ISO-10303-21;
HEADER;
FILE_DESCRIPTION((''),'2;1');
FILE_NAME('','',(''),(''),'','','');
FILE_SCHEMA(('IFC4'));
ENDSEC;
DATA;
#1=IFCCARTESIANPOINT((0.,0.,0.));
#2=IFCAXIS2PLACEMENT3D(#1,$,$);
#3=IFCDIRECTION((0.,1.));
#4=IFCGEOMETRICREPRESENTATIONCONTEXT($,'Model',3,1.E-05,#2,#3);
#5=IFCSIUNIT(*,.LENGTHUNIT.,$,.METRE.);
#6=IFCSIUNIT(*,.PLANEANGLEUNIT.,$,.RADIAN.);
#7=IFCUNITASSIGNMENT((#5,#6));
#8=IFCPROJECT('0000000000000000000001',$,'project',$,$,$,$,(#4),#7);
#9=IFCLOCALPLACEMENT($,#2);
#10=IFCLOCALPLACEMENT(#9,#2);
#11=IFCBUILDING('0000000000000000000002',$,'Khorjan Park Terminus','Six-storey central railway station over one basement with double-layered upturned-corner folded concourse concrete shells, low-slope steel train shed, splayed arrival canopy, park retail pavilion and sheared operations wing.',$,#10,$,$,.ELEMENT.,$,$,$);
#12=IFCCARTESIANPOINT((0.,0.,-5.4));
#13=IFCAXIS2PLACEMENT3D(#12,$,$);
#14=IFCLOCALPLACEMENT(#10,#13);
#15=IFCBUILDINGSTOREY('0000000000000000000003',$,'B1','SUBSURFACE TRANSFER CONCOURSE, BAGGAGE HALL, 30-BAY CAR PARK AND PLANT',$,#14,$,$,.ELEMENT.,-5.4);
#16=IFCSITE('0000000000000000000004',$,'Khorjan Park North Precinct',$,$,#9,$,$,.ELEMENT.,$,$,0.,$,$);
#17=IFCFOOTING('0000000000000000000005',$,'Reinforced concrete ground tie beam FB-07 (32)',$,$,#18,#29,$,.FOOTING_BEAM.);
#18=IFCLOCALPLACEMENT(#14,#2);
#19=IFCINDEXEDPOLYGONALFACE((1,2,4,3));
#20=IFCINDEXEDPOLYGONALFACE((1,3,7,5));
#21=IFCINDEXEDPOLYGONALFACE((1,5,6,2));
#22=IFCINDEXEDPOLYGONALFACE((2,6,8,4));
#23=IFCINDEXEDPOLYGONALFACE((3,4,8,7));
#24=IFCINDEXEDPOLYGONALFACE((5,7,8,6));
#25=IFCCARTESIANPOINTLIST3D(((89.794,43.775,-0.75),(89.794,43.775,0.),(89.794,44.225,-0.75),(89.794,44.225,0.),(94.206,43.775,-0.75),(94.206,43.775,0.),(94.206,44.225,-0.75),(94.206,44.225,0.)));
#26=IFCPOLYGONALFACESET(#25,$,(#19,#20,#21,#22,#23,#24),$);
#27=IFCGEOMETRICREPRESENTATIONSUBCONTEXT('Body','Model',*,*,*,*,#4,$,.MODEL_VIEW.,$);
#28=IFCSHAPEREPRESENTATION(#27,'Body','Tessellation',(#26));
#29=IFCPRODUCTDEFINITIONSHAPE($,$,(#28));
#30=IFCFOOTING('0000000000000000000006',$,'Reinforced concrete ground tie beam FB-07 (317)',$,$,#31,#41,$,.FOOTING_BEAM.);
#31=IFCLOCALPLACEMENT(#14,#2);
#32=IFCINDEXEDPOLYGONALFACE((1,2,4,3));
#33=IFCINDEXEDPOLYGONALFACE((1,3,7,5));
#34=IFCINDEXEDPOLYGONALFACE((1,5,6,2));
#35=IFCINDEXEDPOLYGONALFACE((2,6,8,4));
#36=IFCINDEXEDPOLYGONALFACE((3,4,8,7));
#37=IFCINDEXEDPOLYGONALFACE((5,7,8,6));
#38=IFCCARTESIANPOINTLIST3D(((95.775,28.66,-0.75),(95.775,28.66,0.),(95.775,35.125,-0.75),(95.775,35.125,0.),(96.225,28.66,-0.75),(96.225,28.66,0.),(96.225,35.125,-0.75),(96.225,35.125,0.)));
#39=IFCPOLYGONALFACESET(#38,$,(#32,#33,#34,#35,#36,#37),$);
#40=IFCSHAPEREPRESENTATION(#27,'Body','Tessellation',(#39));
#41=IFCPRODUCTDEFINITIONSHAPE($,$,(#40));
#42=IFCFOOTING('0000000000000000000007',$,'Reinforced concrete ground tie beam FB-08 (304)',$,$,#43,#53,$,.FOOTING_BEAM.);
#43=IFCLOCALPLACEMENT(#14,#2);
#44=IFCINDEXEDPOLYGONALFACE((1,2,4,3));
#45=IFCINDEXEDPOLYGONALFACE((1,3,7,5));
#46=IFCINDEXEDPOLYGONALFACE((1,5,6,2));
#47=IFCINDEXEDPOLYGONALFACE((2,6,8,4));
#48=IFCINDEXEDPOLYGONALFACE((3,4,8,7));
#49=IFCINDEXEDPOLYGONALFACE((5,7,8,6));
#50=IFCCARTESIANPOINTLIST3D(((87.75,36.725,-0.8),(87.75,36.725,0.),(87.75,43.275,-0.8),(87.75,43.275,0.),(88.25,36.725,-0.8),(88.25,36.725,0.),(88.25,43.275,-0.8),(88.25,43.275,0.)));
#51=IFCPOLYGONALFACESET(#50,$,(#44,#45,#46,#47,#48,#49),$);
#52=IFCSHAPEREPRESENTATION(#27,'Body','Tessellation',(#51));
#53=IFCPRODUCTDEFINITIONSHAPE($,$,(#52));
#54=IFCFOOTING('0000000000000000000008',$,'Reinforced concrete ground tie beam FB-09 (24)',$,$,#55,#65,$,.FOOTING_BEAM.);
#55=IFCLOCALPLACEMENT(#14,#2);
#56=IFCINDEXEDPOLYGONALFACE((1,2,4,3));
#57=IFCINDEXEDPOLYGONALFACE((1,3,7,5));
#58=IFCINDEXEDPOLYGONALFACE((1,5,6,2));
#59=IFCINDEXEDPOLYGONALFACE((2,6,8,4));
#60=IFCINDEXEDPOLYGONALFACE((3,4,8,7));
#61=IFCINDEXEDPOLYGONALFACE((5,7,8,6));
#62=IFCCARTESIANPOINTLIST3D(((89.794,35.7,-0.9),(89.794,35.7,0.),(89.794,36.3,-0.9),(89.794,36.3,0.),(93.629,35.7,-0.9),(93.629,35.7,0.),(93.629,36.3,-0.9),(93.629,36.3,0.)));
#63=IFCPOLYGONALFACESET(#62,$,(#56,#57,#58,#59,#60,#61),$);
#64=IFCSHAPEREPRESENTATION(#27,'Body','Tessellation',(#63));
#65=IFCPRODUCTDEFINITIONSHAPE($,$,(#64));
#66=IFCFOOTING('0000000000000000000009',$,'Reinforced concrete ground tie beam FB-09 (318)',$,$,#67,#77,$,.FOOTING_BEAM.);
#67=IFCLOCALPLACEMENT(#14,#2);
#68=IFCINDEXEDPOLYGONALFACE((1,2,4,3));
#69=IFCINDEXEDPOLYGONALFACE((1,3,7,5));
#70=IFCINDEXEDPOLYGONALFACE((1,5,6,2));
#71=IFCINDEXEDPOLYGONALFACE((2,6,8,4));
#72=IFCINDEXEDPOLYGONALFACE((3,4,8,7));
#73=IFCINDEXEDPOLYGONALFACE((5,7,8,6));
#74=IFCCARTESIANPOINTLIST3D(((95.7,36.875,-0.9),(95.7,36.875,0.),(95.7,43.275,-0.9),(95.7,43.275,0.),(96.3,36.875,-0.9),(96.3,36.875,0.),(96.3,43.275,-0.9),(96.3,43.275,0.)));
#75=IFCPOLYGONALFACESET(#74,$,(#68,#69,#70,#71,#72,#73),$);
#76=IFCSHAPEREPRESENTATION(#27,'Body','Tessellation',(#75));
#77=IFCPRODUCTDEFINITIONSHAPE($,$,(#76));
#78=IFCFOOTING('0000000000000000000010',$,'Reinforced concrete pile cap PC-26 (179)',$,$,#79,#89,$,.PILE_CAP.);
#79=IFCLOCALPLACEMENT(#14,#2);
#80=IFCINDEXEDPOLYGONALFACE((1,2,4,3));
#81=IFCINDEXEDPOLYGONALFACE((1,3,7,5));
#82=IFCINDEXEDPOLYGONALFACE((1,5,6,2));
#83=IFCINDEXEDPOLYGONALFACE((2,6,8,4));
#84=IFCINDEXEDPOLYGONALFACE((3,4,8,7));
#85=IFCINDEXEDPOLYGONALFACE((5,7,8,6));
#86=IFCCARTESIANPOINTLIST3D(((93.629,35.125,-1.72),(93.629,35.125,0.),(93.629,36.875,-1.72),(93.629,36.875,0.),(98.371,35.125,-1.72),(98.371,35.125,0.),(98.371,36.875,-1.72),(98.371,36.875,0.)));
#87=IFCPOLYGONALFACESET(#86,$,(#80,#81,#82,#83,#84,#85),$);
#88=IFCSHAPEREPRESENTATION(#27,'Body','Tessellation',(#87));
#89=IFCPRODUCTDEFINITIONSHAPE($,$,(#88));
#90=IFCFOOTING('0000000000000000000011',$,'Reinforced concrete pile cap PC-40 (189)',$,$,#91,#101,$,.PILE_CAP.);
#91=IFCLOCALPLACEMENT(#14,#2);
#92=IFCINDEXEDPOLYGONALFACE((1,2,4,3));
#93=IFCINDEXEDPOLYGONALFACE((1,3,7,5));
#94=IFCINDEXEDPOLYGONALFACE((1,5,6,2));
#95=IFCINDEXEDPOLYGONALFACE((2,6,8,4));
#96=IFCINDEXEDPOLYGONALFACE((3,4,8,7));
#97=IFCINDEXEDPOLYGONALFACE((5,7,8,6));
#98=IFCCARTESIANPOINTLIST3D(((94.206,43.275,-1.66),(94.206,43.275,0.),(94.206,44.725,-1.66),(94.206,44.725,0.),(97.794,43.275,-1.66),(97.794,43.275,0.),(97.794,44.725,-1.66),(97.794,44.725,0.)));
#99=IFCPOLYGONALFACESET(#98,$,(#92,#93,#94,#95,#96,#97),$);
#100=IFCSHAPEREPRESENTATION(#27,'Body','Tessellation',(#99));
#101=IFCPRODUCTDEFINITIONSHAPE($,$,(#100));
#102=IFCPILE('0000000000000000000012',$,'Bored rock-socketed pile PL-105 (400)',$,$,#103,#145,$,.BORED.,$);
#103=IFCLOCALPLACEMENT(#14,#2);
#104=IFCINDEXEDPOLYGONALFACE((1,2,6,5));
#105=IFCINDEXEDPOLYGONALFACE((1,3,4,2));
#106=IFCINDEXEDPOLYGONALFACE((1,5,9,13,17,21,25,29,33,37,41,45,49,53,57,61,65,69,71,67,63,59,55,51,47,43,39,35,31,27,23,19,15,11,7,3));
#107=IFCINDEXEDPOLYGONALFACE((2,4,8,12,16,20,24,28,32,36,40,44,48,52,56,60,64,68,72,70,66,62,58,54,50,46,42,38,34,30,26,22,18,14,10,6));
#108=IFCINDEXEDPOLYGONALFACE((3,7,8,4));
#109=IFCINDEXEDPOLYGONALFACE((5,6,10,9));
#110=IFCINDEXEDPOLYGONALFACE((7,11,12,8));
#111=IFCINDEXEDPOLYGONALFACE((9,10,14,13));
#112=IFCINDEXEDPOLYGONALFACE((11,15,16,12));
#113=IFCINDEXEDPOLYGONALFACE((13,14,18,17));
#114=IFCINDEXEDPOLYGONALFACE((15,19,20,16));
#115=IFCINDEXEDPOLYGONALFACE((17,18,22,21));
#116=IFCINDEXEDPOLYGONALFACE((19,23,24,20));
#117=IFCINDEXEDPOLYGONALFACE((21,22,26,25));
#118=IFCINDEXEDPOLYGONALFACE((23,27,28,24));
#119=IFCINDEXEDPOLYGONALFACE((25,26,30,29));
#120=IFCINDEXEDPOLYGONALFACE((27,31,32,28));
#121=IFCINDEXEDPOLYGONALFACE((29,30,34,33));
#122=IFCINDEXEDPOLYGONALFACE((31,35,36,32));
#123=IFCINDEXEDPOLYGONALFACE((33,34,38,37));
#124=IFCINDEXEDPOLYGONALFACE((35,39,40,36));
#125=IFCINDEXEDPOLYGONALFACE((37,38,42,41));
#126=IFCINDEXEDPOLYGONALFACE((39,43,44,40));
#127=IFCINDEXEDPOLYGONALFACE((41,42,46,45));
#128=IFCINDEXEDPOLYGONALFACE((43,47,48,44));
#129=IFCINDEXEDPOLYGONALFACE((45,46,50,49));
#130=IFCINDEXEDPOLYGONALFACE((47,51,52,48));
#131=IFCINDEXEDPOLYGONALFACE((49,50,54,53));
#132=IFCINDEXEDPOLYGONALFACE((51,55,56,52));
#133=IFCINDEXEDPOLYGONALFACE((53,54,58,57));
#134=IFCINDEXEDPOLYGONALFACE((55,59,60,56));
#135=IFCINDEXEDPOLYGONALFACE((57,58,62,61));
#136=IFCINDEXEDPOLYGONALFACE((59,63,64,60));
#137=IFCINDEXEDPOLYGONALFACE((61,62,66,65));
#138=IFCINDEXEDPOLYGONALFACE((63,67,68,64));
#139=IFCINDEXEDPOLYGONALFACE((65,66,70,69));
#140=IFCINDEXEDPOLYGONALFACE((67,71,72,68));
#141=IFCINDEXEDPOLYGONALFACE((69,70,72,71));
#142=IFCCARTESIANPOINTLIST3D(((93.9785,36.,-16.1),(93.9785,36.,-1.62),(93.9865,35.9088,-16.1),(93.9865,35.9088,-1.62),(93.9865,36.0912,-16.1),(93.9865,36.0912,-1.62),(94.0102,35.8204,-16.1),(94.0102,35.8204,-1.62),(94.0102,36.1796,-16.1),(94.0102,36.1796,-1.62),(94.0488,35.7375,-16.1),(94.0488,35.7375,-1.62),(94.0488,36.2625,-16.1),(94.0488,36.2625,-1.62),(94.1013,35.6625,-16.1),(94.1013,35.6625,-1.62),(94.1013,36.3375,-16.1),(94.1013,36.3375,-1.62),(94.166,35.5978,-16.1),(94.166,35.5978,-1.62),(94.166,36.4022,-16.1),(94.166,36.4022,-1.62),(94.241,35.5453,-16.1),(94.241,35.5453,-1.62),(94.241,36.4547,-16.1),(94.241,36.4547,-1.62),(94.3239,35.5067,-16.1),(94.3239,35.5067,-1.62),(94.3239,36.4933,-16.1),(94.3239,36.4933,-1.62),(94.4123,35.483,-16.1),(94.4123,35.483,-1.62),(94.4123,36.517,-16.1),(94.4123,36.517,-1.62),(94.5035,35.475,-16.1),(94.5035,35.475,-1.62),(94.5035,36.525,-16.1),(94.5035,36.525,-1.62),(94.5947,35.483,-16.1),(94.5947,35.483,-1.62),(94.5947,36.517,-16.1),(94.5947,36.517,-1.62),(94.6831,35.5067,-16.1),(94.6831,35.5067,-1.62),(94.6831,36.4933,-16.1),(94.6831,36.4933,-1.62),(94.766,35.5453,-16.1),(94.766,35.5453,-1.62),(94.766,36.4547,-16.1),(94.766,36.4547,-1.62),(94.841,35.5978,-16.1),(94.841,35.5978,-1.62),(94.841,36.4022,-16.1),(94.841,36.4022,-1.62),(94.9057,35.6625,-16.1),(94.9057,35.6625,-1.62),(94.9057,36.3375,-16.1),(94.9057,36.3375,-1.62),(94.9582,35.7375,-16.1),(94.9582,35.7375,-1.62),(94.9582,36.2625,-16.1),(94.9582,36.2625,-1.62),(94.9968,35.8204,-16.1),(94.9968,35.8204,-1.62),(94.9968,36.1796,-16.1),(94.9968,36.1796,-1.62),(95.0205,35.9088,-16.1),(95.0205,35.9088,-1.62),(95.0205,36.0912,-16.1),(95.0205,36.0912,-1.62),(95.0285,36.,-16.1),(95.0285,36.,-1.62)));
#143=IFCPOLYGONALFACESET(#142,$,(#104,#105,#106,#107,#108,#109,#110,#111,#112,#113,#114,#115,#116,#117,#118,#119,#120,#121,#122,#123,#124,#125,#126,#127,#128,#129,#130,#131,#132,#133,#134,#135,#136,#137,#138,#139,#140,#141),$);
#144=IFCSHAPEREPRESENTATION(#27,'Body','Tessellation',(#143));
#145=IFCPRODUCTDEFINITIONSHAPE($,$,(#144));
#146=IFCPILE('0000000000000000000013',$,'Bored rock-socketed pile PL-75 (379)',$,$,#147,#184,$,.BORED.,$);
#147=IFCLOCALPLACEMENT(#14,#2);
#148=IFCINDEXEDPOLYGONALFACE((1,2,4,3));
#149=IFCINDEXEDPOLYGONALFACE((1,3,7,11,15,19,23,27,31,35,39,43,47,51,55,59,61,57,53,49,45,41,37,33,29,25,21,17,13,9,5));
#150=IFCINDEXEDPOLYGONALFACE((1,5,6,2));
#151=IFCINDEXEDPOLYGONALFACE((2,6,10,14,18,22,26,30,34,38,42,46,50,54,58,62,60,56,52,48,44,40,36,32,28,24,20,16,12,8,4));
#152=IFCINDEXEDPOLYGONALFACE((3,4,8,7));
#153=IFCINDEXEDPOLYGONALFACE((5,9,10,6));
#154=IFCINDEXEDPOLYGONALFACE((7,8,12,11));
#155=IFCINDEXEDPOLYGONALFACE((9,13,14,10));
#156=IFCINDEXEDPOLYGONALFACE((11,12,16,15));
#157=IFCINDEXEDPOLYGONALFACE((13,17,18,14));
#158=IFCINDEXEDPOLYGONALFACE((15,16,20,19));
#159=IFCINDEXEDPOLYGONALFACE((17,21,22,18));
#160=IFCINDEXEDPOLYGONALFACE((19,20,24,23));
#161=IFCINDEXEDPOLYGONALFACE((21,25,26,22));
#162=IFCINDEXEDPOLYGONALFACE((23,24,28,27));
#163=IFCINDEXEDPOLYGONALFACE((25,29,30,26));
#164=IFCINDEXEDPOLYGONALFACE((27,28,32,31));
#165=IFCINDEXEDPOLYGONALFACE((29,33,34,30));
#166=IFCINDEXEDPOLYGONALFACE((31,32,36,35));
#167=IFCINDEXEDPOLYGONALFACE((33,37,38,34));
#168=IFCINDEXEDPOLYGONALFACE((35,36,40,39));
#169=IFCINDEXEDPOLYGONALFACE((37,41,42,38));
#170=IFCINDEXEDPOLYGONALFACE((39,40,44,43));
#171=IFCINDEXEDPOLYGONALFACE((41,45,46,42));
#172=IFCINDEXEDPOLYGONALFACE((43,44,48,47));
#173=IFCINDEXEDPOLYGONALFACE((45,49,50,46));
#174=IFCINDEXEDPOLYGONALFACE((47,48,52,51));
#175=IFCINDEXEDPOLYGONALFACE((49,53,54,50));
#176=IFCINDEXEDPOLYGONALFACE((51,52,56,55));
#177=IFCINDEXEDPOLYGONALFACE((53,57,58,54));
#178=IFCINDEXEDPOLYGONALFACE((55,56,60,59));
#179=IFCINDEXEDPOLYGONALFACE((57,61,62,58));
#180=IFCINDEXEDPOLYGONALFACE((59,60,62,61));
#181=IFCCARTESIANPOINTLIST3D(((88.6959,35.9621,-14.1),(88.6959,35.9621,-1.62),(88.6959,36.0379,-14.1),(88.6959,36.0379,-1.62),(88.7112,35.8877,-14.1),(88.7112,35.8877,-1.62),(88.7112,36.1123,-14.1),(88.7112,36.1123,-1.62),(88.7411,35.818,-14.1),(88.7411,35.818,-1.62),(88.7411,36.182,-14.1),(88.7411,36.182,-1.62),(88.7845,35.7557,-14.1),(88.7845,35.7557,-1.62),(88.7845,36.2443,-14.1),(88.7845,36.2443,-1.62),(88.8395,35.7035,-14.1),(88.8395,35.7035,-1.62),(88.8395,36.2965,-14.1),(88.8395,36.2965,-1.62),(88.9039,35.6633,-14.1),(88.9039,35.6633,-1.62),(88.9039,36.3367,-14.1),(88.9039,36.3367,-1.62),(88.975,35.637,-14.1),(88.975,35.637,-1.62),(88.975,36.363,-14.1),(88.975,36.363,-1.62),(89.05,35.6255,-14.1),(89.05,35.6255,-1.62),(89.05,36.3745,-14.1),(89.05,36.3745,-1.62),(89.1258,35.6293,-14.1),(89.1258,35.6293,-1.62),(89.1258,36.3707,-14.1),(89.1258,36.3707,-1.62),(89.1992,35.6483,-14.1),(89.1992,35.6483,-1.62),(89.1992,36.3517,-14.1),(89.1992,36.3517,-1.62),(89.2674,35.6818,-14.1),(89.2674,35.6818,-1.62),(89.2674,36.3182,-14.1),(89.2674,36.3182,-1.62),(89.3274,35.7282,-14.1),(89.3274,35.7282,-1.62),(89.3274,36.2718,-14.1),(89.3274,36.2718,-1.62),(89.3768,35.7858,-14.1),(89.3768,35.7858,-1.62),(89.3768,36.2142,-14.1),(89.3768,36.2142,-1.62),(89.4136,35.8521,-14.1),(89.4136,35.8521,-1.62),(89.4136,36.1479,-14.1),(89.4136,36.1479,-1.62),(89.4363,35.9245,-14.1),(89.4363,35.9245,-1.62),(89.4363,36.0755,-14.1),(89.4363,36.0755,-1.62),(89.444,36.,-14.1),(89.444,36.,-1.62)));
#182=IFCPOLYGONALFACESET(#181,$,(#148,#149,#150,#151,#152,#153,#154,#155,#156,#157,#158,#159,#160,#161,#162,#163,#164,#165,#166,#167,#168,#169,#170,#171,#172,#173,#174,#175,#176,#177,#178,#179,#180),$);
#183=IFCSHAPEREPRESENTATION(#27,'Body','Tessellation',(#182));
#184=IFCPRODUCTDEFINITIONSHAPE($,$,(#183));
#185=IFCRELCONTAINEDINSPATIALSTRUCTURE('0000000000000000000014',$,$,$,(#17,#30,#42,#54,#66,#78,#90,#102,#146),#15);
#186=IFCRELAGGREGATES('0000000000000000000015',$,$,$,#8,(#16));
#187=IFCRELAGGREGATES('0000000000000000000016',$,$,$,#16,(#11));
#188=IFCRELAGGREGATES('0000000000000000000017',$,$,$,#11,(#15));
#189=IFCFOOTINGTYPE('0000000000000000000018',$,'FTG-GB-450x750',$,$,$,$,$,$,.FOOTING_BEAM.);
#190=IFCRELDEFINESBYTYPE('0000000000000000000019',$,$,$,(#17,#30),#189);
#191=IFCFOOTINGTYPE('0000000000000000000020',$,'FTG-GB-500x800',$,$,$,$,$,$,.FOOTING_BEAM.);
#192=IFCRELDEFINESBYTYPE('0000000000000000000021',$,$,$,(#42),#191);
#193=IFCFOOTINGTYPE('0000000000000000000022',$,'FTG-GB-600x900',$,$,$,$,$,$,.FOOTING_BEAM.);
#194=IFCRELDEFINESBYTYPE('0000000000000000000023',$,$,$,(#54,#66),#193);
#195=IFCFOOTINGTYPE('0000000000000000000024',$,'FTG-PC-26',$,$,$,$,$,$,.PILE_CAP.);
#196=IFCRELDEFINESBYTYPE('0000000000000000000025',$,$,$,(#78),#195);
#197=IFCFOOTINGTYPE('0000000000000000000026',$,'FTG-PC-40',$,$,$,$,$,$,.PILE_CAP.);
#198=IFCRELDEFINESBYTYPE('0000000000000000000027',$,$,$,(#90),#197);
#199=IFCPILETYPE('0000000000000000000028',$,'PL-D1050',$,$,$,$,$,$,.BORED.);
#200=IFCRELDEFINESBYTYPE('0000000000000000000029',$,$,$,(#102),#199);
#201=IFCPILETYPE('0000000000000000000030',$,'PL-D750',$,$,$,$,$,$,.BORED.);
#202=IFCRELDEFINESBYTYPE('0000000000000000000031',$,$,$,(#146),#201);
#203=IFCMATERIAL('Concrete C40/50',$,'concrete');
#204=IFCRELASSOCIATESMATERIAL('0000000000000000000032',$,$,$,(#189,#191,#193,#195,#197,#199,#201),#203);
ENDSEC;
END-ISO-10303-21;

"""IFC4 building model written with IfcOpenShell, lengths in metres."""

from ifc_helpers import new_model, si_unit, direction, frame, origin, origin_2d, place, context, subcontext, project, spatial, rectangle, circle, extrude, material, material_profile, profile_set, type_object, element, save


model = new_model("IFC4")

# Units and contexts
model_context = context("Model", 3, precision=1e-05, world=origin(), true_north=direction((0.0, 1.0)))
body_context = subcontext(model_context, "Body", "Model", "MODEL_VIEW")
ifc_project = project(units=[si_unit("LENGTHUNIT", "METRE"), si_unit("PLANEANGLEUNIT", "RADIAN")], contexts=[model_context])

# Site, building, storey
site_placement = place(None, origin())
site = spatial("IfcSite", under=ifc_project, at=site_placement, Name="Khorjan Park North Precinct", CompositionType="ELEMENT", RefElevation=0.0)
building_placement = place(site_placement, origin())
building = spatial("IfcBuilding", under=site, at=building_placement, Name="Khorjan Park Terminus", Description="Six-storey central railway station over one basement with double-layered upturned-corner folded concourse concrete shells, low-slope steel train shed, splayed arrival canopy, park retail pavilion and sheared operations wing.", CompositionType="ELEMENT")
storey_placement = place(building_placement, frame((0.0, 0.0, -5.4)))
storey = spatial("IfcBuildingStorey", under=building, at=storey_placement, Name="B1", Description="SUBSURFACE TRANSFER CONCOURSE, BAGGAGE HALL, 30-BAY CAR PARK AND PLANT", CompositionType="ELEMENT", Elevation=-5.4)

# Footings
ifc_material_1 = material(Name="Concrete C40/50", Category="concrete")
ifc_material_profile_1 = material_profile(ifc_material_1, rectangle(XDim=0.45, YDim=0.75, at=origin_2d()), Name="RC 450x750")
ifc_profile_set_1 = profile_set([ifc_material_profile_1], Name="Concrete C40/50")
footing_type_1 = type_object("IfcFootingType", Name="FTG-GB-450x750", PredefinedType="FOOTING_BEAM", material=ifc_profile_set_1)
footing_1_placement = place(storey_placement, frame((89.794, 44.0, -0.375), z_axis=(1.0, 0.0, 0.0), x_axis=(0.0, 1.0, 0.0)))
element("IfcFooting", 1, at=footing_1_placement, inside=storey, type_object=footing_type_1, Name="Reinforced concrete ground tie beam FB-07 (32)", PredefinedType="FOOTING_BEAM", context=body_context, shape_type="SweptSolid", body=[
    extrude(rectangle(XDim=0.45, YDim=0.75, at=origin_2d()), origin(), (0.0, 0.0, 1.0), 4.412),
])
footing_2_placement = place(storey_placement, frame((96.0, 28.66, -0.375), z_axis=(0.0, 1.0, 0.0), x_axis=(-1.0, 0.0, 0.0)))
element("IfcFooting", 2, at=footing_2_placement, inside=storey, type_object=footing_type_1, Name="Reinforced concrete ground tie beam FB-07 (317)", PredefinedType="FOOTING_BEAM", context=body_context, shape_type="SweptSolid", body=[
    extrude(rectangle(XDim=0.45, YDim=0.75, at=origin_2d()), origin(), (0.0, 0.0, 1.0), 6.465),
])
ifc_material_profile_2 = material_profile(ifc_material_1, rectangle(XDim=0.5, YDim=0.8, at=origin_2d()), Name="RC 500x800")
ifc_profile_set_2 = profile_set([ifc_material_profile_2], Name="Concrete C40/50")
footing_type_2 = type_object("IfcFootingType", Name="FTG-GB-500x800", PredefinedType="FOOTING_BEAM", material=ifc_profile_set_2)
footing_3_placement = place(storey_placement, frame((88.0, 36.725, -0.4), z_axis=(0.0, 1.0, 0.0), x_axis=(-1.0, 0.0, 0.0)))
element("IfcFooting", 3, at=footing_3_placement, inside=storey, type_object=footing_type_2, Name="Reinforced concrete ground tie beam FB-08 (304)", PredefinedType="FOOTING_BEAM", context=body_context, shape_type="SweptSolid", body=[
    extrude(rectangle(XDim=0.5, YDim=0.8, at=origin_2d()), origin(), (0.0, 0.0, 1.0), 6.55),
])
ifc_material_profile_3 = material_profile(ifc_material_1, rectangle(XDim=0.6, YDim=0.9, at=origin_2d()), Name="RC 600x900")
ifc_profile_set_3 = profile_set([ifc_material_profile_3], Name="Concrete C40/50")
footing_type_3 = type_object("IfcFootingType", Name="FTG-GB-600x900", PredefinedType="FOOTING_BEAM", material=ifc_profile_set_3)
footing_4_placement = place(storey_placement, frame((89.794, 36.0, -0.45), z_axis=(1.0, 0.0, 0.0), x_axis=(0.0, 1.0, 0.0)))
element("IfcFooting", 4, at=footing_4_placement, inside=storey, type_object=footing_type_3, Name="Reinforced concrete ground tie beam FB-09 (24)", PredefinedType="FOOTING_BEAM", context=body_context, shape_type="SweptSolid", body=[
    extrude(rectangle(XDim=0.6, YDim=0.9, at=origin_2d()), origin(), (0.0, 0.0, 1.0), 3.835),
])
footing_5_placement = place(storey_placement, frame((96.0, 36.875, -0.45), z_axis=(0.0, 1.0, 0.0), x_axis=(-1.0, 0.0, 0.0)))
element("IfcFooting", 5, at=footing_5_placement, inside=storey, type_object=footing_type_3, Name="Reinforced concrete ground tie beam FB-09 (318)", PredefinedType="FOOTING_BEAM", context=body_context, shape_type="SweptSolid", body=[
    extrude(rectangle(XDim=0.6, YDim=0.9, at=origin_2d()), origin(), (0.0, 0.0, 1.0), 6.4),
])
footing_type_4 = type_object("IfcFootingType", Name="FTG-PC-26", PredefinedType="PILE_CAP", material=ifc_material_1)
footing_6_placement = place(storey_placement, frame((96.0, 36.0, -1.72), z_axis=(0.0, 0.0, 1.0), x_axis=(1.0, 0.0, 0.0)))
element("IfcFooting", 6, at=footing_6_placement, inside=storey, type_object=footing_type_4, Name="Reinforced concrete pile cap PC-26 (179)", PredefinedType="PILE_CAP", context=body_context, shape_type="SweptSolid", body=[
    extrude(rectangle(XDim=4.742, YDim=1.75, at=origin_2d()), origin(), (0.0, 0.0, 1.0), 1.72),
])
footing_type_5 = type_object("IfcFootingType", Name="FTG-PC-40", PredefinedType="PILE_CAP", material=ifc_material_1)
footing_7_placement = place(storey_placement, frame((96.0, 44.0, -1.66), z_axis=(0.0, 0.0, 1.0), x_axis=(1.0, 0.0, 0.0)))
element("IfcFooting", 7, at=footing_7_placement, inside=storey, type_object=footing_type_5, Name="Reinforced concrete pile cap PC-40 (189)", PredefinedType="PILE_CAP", context=body_context, shape_type="SweptSolid", body=[
    extrude(rectangle(XDim=3.588, YDim=1.45, at=origin_2d()), origin(), (0.0, 0.0, 1.0), 1.66),
])

# Piles
ifc_material_profile_4 = material_profile(ifc_material_1, circle(Radius=0.525, at=origin_2d()), Name="BORED D1050")
ifc_profile_set_4 = profile_set([ifc_material_profile_4], Name="Concrete C40/50")
pile_type_1 = type_object("IfcPileType", Name="PL-D1050", PredefinedType="BORED", material=ifc_profile_set_4)
pile_1_placement = place(storey_placement, frame((94.5035, 36.0, -1.62), z_axis=(0.0, 0.0, -1.0), x_axis=(1.0, 0.0, 0.0)))
element("IfcPile", 8, at=pile_1_placement, inside=storey, type_object=pile_type_1, Name="Bored rock-socketed pile PL-105 (400)", PredefinedType="BORED", context=body_context, shape_type="SweptSolid", body=[
    extrude(circle(Radius=0.525, at=origin_2d()), origin(), (0.0, 0.0, 1.0), 14.48),
])
ifc_material_profile_5 = material_profile(ifc_material_1, circle(Radius=0.375, at=origin_2d()), Name="BORED D750")
ifc_profile_set_5 = profile_set([ifc_material_profile_5], Name="Concrete C40/50")
pile_type_2 = type_object("IfcPileType", Name="PL-D750", PredefinedType="BORED", material=ifc_profile_set_5)
pile_2_placement = place(storey_placement, frame((89.069, 36.0, -1.62), z_axis=(0.0, 0.0, -1.0), x_axis=(1.0, 0.0, 0.0)))
element("IfcPile", 9, at=pile_2_placement, inside=storey, type_object=pile_type_2, Name="Bored rock-socketed pile PL-75 (379)", PredefinedType="BORED", context=body_context, shape_type="SweptSolid", body=[
    extrude(circle(Radius=0.375, at=origin_2d()), origin(), (0.0, 0.0, 1.0), 12.48),
])

save(model, "model.ifc")
